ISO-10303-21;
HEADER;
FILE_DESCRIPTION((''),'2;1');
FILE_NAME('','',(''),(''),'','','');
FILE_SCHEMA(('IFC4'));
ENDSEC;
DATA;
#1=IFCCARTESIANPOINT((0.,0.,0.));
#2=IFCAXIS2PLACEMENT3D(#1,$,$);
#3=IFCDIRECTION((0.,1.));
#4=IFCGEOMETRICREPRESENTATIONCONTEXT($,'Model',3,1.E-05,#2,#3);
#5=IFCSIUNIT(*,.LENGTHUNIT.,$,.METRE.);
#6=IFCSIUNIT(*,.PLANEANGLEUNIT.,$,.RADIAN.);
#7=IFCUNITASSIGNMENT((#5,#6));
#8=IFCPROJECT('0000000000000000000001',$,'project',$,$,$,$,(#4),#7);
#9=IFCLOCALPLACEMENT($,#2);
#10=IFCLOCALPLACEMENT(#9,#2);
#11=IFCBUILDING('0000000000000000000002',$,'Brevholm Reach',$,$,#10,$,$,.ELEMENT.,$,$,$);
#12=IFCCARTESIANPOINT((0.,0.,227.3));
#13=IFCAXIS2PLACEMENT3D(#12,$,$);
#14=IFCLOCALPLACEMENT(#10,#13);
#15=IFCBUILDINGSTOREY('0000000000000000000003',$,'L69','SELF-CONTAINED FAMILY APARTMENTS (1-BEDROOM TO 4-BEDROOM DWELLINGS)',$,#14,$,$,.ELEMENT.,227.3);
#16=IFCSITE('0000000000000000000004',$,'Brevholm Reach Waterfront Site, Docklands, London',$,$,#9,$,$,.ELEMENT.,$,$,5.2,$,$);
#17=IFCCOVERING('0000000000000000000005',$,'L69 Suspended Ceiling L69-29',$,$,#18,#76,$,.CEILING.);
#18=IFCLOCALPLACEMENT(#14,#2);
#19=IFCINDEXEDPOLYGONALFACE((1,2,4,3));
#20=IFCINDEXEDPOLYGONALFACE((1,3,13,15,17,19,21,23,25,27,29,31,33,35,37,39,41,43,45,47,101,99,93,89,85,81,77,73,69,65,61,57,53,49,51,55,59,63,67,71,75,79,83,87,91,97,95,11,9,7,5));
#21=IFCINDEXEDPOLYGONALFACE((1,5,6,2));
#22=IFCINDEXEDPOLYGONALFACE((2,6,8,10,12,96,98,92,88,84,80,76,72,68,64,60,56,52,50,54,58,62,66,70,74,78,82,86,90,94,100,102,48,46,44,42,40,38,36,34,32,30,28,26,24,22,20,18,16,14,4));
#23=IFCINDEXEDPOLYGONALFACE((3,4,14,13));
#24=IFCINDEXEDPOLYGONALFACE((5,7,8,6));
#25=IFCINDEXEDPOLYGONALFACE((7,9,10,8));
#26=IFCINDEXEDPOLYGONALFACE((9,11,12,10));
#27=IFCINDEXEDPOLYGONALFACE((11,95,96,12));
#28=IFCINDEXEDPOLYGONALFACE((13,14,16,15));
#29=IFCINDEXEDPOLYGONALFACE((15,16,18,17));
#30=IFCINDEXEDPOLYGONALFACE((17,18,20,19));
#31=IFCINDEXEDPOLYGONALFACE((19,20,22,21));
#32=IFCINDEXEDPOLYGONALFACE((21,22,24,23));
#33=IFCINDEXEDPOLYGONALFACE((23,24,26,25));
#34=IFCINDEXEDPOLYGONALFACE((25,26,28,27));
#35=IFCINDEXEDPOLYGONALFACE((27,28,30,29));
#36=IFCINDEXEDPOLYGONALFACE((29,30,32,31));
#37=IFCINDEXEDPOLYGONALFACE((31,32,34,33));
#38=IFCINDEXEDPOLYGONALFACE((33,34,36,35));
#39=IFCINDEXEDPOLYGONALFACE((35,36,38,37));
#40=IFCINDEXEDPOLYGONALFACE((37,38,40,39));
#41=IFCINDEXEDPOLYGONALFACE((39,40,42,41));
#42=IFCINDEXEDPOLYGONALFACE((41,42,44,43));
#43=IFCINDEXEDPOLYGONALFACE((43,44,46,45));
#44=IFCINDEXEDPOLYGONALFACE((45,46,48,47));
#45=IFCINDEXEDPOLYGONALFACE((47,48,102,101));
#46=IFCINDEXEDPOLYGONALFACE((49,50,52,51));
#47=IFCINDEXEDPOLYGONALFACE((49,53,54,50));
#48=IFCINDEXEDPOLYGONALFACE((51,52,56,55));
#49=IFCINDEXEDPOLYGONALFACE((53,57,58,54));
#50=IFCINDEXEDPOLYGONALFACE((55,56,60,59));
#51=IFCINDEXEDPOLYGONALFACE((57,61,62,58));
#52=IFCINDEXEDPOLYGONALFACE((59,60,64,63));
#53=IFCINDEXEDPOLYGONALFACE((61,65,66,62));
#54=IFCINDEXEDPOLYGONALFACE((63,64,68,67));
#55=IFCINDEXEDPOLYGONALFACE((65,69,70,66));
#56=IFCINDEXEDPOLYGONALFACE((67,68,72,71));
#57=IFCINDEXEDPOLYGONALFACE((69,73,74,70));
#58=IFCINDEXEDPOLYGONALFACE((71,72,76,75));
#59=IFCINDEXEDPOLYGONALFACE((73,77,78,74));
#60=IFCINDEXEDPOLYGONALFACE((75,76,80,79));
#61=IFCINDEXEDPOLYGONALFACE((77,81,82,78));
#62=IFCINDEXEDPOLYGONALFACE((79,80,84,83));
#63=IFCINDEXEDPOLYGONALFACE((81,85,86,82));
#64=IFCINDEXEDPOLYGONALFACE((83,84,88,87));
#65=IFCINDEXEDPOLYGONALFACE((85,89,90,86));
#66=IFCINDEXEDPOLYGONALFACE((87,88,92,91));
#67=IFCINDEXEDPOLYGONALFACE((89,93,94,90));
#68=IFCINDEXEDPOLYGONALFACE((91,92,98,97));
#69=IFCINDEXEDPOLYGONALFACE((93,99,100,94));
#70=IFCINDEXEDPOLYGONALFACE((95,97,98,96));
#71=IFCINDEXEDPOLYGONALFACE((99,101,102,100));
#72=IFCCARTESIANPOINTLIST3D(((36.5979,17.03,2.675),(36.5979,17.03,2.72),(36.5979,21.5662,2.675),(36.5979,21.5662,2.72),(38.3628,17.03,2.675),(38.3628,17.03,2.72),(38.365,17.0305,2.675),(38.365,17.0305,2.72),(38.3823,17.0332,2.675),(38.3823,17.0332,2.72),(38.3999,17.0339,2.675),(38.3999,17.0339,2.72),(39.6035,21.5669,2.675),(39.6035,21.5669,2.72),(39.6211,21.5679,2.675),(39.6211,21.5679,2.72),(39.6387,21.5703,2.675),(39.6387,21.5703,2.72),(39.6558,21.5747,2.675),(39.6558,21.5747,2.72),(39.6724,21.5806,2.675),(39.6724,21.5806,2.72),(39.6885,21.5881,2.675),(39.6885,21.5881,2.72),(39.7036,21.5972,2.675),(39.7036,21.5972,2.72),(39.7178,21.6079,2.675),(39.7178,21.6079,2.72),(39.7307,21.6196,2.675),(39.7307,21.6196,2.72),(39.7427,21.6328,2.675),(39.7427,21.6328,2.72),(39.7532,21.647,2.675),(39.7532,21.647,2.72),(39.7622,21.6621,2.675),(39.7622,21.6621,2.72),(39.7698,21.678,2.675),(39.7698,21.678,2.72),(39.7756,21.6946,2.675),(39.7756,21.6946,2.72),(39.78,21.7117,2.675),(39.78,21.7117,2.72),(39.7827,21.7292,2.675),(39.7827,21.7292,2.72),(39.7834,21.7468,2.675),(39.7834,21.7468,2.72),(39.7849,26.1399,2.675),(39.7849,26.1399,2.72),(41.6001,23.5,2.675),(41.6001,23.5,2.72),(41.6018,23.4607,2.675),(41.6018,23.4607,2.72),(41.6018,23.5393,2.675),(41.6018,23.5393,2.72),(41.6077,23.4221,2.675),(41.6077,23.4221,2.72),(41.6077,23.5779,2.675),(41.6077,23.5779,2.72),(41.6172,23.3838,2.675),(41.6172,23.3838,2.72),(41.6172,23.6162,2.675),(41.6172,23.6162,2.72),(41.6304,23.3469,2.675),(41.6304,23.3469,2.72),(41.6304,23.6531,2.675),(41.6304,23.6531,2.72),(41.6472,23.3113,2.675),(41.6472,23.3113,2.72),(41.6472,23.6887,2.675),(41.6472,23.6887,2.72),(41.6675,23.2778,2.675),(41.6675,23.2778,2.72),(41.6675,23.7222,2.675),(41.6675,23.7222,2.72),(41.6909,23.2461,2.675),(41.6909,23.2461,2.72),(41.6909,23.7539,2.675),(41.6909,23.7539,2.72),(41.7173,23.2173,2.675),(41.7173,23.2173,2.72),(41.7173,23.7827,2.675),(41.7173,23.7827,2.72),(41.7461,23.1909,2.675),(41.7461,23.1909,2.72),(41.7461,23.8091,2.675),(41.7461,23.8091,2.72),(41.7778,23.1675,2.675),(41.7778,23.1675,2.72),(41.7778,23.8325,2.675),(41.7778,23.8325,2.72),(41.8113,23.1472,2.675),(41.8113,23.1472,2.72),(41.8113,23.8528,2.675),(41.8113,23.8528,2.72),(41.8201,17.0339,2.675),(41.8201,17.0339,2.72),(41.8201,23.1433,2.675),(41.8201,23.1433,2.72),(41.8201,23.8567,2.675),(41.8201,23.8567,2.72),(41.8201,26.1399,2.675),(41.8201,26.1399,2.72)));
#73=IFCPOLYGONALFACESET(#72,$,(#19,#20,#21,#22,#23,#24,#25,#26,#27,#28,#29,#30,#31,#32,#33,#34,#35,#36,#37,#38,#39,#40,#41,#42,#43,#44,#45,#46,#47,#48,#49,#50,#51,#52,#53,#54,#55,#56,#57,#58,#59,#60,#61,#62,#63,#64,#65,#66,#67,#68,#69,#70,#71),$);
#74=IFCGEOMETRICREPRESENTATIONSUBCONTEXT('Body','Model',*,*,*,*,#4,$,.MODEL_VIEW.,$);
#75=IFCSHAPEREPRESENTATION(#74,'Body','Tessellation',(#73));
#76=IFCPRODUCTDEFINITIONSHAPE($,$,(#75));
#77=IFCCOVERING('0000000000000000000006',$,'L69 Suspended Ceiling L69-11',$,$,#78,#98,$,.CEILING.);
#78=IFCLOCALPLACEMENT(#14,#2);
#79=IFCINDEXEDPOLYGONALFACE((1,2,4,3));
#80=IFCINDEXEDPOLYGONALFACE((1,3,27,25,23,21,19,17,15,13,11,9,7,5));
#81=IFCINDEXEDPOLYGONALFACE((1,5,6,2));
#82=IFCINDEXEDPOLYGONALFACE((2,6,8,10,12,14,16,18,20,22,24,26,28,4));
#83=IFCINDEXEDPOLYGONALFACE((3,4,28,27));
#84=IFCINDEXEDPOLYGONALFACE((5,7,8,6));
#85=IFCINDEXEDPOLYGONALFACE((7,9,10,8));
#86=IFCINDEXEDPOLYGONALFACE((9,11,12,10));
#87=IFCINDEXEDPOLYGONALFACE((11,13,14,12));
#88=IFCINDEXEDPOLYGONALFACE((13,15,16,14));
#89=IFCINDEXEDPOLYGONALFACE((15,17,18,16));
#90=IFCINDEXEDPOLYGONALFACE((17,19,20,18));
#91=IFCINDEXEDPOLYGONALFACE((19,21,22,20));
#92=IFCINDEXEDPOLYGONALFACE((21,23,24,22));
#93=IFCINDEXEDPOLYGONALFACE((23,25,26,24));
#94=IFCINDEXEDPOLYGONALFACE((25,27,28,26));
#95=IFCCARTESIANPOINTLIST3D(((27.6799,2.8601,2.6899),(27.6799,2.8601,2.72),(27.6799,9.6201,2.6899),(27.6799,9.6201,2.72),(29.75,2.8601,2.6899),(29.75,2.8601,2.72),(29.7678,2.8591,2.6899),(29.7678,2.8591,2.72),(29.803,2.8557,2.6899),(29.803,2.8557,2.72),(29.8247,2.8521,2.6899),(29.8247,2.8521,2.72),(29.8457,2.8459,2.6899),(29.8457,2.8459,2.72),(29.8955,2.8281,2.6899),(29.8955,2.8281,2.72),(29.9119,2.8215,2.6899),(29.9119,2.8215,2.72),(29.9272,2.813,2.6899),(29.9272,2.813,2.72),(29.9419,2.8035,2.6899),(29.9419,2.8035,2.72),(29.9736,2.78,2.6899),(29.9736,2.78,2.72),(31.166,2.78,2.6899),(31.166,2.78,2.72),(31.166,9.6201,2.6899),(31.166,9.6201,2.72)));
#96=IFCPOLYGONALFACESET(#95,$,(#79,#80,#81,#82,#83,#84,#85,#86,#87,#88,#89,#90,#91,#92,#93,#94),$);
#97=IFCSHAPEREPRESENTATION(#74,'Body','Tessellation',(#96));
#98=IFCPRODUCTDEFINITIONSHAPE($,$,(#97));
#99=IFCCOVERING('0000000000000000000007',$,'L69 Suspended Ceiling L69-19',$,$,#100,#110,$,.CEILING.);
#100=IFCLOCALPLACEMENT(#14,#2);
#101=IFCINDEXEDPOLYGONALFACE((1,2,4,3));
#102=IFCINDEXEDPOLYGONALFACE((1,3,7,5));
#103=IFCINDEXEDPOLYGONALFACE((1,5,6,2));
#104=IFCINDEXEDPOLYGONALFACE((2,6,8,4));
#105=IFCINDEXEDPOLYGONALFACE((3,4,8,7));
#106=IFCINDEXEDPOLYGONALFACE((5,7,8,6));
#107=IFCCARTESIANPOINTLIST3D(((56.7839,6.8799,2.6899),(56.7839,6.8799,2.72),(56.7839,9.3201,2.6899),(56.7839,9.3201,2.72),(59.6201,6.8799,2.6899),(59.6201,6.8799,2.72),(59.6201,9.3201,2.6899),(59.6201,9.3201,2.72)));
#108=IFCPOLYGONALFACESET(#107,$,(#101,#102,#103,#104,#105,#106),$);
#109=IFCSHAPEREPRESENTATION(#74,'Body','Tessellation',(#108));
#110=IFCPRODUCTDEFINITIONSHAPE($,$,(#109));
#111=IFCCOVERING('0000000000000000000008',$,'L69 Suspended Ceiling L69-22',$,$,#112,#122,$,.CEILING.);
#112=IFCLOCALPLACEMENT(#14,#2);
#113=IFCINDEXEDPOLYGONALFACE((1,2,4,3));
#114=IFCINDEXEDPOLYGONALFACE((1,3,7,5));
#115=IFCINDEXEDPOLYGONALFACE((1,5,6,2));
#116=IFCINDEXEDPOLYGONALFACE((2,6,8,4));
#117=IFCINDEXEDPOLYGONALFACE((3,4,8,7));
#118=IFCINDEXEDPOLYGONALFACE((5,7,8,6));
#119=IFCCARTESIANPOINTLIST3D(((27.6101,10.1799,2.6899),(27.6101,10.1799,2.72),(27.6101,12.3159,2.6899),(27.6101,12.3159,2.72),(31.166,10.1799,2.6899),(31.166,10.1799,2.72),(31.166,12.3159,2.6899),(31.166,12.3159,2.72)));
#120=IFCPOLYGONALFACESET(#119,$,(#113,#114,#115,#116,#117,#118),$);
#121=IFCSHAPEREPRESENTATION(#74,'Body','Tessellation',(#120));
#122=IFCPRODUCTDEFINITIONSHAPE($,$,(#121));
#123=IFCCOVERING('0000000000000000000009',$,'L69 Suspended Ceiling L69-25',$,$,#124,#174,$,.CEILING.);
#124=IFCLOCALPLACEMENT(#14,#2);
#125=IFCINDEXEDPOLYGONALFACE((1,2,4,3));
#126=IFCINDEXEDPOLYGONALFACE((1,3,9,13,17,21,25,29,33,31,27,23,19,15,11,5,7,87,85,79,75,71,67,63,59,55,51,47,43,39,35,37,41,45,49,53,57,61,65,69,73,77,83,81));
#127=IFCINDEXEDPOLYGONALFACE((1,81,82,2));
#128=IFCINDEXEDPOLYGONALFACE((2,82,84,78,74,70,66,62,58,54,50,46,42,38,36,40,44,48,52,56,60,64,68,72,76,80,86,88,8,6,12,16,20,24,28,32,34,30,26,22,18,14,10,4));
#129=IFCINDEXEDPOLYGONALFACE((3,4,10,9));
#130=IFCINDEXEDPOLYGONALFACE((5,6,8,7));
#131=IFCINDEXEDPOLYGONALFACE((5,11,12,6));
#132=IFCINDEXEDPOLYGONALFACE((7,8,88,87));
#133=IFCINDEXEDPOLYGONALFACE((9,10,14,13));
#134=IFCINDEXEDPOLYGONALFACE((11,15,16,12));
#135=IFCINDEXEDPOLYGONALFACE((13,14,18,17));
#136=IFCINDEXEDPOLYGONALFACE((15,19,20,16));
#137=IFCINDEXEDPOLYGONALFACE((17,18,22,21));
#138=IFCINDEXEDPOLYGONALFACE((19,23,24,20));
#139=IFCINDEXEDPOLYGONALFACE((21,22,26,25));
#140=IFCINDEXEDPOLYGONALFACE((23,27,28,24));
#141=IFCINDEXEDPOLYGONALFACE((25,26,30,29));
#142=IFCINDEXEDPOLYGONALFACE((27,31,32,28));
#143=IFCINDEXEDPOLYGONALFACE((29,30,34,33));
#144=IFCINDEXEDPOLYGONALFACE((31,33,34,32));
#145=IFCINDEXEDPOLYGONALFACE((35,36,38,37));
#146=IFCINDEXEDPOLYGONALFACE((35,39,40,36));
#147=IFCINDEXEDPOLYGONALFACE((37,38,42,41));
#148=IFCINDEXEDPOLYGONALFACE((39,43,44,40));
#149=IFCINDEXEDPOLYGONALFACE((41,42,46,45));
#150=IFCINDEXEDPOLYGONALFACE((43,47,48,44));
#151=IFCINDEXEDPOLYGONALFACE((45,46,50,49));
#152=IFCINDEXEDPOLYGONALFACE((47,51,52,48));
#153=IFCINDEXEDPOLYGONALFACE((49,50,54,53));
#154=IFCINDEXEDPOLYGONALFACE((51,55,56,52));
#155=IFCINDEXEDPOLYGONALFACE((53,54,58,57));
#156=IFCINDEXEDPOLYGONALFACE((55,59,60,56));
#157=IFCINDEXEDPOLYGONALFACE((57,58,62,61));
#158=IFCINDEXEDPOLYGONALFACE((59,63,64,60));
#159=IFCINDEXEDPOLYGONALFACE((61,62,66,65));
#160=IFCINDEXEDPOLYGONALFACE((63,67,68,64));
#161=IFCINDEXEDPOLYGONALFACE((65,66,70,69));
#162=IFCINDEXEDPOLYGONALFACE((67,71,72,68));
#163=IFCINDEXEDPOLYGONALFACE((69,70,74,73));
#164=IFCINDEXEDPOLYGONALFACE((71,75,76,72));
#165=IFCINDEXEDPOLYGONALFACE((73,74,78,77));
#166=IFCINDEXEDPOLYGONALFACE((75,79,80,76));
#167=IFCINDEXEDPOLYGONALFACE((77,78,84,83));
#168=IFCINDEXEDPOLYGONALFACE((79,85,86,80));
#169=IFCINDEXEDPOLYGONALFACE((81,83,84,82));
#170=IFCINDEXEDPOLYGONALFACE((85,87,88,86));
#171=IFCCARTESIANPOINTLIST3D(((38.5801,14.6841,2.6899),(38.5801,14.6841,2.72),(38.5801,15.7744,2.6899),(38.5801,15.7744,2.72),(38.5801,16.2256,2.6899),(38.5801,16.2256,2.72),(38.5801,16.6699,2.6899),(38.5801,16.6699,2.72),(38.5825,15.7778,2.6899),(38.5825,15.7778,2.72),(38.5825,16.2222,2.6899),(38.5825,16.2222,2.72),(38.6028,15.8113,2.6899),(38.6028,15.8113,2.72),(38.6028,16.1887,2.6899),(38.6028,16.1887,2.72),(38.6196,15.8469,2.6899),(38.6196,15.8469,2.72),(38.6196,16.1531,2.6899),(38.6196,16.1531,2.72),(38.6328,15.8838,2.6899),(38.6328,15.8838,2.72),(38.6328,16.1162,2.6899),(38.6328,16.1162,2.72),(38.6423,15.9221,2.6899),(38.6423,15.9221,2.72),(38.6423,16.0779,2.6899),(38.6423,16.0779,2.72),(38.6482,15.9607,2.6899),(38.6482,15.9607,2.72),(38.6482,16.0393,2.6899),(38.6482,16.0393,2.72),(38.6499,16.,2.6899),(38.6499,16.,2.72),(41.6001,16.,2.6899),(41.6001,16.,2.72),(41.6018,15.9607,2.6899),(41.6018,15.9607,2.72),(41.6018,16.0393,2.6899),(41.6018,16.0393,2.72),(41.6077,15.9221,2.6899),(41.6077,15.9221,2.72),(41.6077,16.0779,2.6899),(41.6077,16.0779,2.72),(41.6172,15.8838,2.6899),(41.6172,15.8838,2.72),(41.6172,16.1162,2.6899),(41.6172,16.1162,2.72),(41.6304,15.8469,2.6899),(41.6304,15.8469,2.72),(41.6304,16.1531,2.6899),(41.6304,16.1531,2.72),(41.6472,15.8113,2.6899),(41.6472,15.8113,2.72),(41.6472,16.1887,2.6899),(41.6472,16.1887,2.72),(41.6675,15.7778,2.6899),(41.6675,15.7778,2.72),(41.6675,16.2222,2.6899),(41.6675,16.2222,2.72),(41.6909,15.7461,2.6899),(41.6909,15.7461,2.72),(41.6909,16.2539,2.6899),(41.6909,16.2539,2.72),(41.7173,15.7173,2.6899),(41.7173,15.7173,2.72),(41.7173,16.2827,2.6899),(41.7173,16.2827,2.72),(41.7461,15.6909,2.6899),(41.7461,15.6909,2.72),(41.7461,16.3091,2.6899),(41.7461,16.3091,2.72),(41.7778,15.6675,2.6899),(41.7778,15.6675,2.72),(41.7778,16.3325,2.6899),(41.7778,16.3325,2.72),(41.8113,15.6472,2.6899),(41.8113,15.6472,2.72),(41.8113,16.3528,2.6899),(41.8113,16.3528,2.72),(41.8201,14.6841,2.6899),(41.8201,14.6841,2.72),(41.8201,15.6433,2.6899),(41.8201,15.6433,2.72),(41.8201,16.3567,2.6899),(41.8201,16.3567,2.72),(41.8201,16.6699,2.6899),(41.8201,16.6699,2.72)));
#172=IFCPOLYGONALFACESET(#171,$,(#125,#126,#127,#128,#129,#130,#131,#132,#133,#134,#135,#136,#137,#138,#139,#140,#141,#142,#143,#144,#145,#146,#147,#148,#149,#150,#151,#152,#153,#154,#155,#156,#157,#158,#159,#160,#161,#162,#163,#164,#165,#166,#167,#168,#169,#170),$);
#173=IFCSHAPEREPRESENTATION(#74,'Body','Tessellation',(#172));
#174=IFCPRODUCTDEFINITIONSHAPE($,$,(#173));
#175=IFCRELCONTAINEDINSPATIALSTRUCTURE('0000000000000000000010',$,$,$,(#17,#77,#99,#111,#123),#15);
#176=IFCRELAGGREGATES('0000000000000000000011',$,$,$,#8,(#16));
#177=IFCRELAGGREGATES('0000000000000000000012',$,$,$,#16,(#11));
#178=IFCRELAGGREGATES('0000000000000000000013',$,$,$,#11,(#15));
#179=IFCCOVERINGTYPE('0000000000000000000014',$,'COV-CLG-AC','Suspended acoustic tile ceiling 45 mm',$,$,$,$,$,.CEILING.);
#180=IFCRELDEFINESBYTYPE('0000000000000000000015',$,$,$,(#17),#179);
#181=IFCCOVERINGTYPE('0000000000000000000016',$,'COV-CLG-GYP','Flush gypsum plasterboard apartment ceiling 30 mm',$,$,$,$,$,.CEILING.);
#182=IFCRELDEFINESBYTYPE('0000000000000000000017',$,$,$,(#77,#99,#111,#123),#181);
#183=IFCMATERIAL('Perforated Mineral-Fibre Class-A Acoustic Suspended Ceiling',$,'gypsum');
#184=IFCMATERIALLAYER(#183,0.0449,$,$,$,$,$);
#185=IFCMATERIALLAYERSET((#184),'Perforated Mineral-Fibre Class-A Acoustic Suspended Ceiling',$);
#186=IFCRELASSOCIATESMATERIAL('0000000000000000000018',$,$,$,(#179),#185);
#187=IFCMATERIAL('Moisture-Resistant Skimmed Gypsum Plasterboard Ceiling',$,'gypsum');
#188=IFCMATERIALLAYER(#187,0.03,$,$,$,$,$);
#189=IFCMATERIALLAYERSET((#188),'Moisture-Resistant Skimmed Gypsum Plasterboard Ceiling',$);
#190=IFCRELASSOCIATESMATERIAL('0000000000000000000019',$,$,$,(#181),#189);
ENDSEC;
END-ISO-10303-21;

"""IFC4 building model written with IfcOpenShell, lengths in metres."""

from ifc_helpers import new_model, si_unit, direction, frame, origin, place, context, subcontext, project, spatial, polyline, outline, extrude, material, layer, layer_set, type_object, element, save


model = new_model("IFC4")

# Units and contexts
model_context = context("Model", 3, precision=1e-05, world=origin(), true_north=direction((0.0, 1.0)))
body_context = subcontext(model_context, "Body", "Model", "MODEL_VIEW")
ifc_project = project(units=[si_unit("LENGTHUNIT", "METRE"), si_unit("PLANEANGLEUNIT", "RADIAN")], contexts=[model_context])

# Site, building, storey
site_placement = place(None, origin())
site = spatial("IfcSite", under=ifc_project, at=site_placement, Name="Brevholm Reach Waterfront Site, Docklands, London", CompositionType="ELEMENT", RefElevation=5.2)
building_placement = place(site_placement, origin())
building = spatial("IfcBuilding", under=site, at=building_placement, Name="Brevholm Reach", CompositionType="ELEMENT")
storey_placement = place(building_placement, frame((0.0, 0.0, 227.3)))
storey = spatial("IfcBuildingStorey", under=building, at=storey_placement, Name="L69", Description="SELF-CONTAINED FAMILY APARTMENTS (1-BEDROOM TO 4-BEDROOM DWELLINGS)", CompositionType="ELEMENT", Elevation=227.3)

# Coverings
ifc_material_1 = material(Name="Perforated Mineral-Fibre Class-A Acoustic Suspended Ceiling", Category="gypsum")
ifc_layer_1 = layer(ifc_material_1, 0.0449)
ifc_layer_set_1 = layer_set([ifc_layer_1], Name="Perforated Mineral-Fibre Class-A Acoustic Suspended Ceiling")
covering_type_1 = type_object("IfcCoveringType", Name="COV-CLG-AC", Description="Suspended acoustic tile ceiling 45 mm", PredefinedType="CEILING", material=ifc_layer_set_1)
covering_1_placement = place(storey_placement, frame((0.0, 0.0, 2.675)))
element("IfcCovering", 1, at=covering_1_placement, inside=storey, type_object=covering_type_1, Name="L69 Suspended Ceiling L69-29", PredefinedType="CEILING", context=body_context, shape_type="SweptSolid", body=[
    extrude(outline(polyline([(36.5979, 17.03), (36.5979, 21.5662), (39.6035, 21.5669), (39.6211, 21.5679), (39.6387, 21.5703), (39.6558, 21.5747), (39.6724, 21.5806), (39.6885, 21.5881), (39.7036, 21.5972), (39.7178, 21.6079), (39.7307, 21.6196), (39.7427, 21.6328), (39.7532, 21.647), (39.7622, 21.6621), (39.7698, 21.678), (39.7756, 21.6946), (39.78, 21.7117), (39.7827, 21.7292), (39.7834, 21.7468), (39.7849, 26.1399), (41.8201, 26.1399), (41.8201, 23.8567), (41.8113, 23.8528), (41.7778, 23.8325), (41.7461, 23.8091), (41.7173, 23.7827), (41.6909, 23.7539), (41.6675, 23.7222), (41.6472, 23.6887), (41.6304, 23.6531), (41.6172, 23.6162), (41.6077, 23.5779), (41.6018, 23.5393), (41.6001, 23.5), (41.6018, 23.4607), (41.6077, 23.4221), (41.6172, 23.3838), (41.6304, 23.3469), (41.6472, 23.3113), (41.6675, 23.2778), (41.6909, 23.2461), (41.7173, 23.2173), (41.7461, 23.1909), (41.7778, 23.1675), (41.8113, 23.1472), (41.8201, 23.1433), (41.8201, 17.0339), (38.3999, 17.0339), (38.3823, 17.0332), (38.365, 17.0305), (38.3628, 17.03), (36.5979, 17.03)])), origin(), (0.0, 0.0, 1.0), 0.0449),
])
ifc_material_2 = material(Name="Moisture-Resistant Skimmed Gypsum Plasterboard Ceiling", Category="gypsum")
ifc_layer_2 = layer(ifc_material_2, 0.03)
ifc_layer_set_2 = layer_set([ifc_layer_2], Name="Moisture-Resistant Skimmed Gypsum Plasterboard Ceiling")
covering_type_2 = type_object("IfcCoveringType", Name="COV-CLG-GYP", Description="Flush gypsum plasterboard apartment ceiling 30 mm", PredefinedType="CEILING", material=ifc_layer_set_2)
covering_2_placement = place(storey_placement, frame((0.0, 0.0, 2.6899)))
element("IfcCovering", 2, at=covering_2_placement, inside=storey, type_object=covering_type_2, Name="L69 Suspended Ceiling L69-11", PredefinedType="CEILING", context=body_context, shape_type="SweptSolid", body=[
    extrude(outline(polyline([(31.166, 9.6201), (31.166, 2.78), (29.9736, 2.78), (29.9419, 2.8035), (29.9272, 2.813), (29.9119, 2.8215), (29.8955, 2.8281), (29.8457, 2.8459), (29.8247, 2.8521), (29.803, 2.8557), (29.7678, 2.8591), (29.75, 2.8601), (27.6799, 2.8601), (27.6799, 9.6201), (31.166, 9.6201)])), origin(), (0.0, 0.0, 1.0), 0.03),
])
covering_3_placement = place(storey_placement, frame((0.0, 0.0, 2.6899)))
element("IfcCovering", 3, at=covering_3_placement, inside=storey, type_object=covering_type_2, Name="L69 Suspended Ceiling L69-19", PredefinedType="CEILING", context=body_context, shape_type="SweptSolid", body=[
    extrude(outline(polyline([(59.6201, 9.3201), (59.6201, 6.8799), (56.7839, 6.8799), (56.7839, 9.3201), (59.6201, 9.3201)])), origin(), (0.0, 0.0, 1.0), 0.03),
])
covering_4_placement = place(storey_placement, frame((0.0, 0.0, 2.6899)))
element("IfcCovering", 4, at=covering_4_placement, inside=storey, type_object=covering_type_2, Name="L69 Suspended Ceiling L69-22", PredefinedType="CEILING", context=body_context, shape_type="SweptSolid", body=[
    extrude(outline(polyline([(27.6101, 10.1799), (27.6101, 12.3159), (31.166, 12.3159), (31.166, 10.1799), (27.6101, 10.1799)])), origin(), (0.0, 0.0, 1.0), 0.03),
])
covering_5_placement = place(storey_placement, frame((0.0, 0.0, 2.6899)))
element("IfcCovering", 5, at=covering_5_placement, inside=storey, type_object=covering_type_2, Name="L69 Suspended Ceiling L69-25", PredefinedType="CEILING", context=body_context, shape_type="SweptSolid", body=[
    extrude(outline(polyline([(38.5801, 15.7744), (38.5825, 15.7778), (38.6028, 15.8113), (38.6196, 15.8469), (38.6328, 15.8838), (38.6423, 15.9221), (38.6482, 15.9607), (38.6499, 16.0), (38.6482, 16.0393), (38.6423, 16.0779), (38.6328, 16.1162), (38.6196, 16.1531), (38.6028, 16.1887), (38.5825, 16.2222), (38.5801, 16.2256), (38.5801, 16.6699), (41.8201, 16.6699), (41.8201, 16.3567), (41.8113, 16.3528), (41.7778, 16.3325), (41.7461, 16.3091), (41.7173, 16.2827), (41.6909, 16.2539), (41.6675, 16.2222), (41.6472, 16.1887), (41.6304, 16.1531), (41.6172, 16.1162), (41.6077, 16.0779), (41.6018, 16.0393), (41.6001, 16.0), (41.6018, 15.9607), (41.6077, 15.9221), (41.6172, 15.8838), (41.6304, 15.8469), (41.6472, 15.8113), (41.6675, 15.7778), (41.6909, 15.7461), (41.7173, 15.7173), (41.7461, 15.6909), (41.7778, 15.6675), (41.8113, 15.6472), (41.8201, 15.6433), (41.8201, 14.6841), (38.5801, 14.6841), (38.5801, 15.7744)])), origin(), (0.0, 0.0, 1.0), 0.03),
])

save(model, "model.ifc")
